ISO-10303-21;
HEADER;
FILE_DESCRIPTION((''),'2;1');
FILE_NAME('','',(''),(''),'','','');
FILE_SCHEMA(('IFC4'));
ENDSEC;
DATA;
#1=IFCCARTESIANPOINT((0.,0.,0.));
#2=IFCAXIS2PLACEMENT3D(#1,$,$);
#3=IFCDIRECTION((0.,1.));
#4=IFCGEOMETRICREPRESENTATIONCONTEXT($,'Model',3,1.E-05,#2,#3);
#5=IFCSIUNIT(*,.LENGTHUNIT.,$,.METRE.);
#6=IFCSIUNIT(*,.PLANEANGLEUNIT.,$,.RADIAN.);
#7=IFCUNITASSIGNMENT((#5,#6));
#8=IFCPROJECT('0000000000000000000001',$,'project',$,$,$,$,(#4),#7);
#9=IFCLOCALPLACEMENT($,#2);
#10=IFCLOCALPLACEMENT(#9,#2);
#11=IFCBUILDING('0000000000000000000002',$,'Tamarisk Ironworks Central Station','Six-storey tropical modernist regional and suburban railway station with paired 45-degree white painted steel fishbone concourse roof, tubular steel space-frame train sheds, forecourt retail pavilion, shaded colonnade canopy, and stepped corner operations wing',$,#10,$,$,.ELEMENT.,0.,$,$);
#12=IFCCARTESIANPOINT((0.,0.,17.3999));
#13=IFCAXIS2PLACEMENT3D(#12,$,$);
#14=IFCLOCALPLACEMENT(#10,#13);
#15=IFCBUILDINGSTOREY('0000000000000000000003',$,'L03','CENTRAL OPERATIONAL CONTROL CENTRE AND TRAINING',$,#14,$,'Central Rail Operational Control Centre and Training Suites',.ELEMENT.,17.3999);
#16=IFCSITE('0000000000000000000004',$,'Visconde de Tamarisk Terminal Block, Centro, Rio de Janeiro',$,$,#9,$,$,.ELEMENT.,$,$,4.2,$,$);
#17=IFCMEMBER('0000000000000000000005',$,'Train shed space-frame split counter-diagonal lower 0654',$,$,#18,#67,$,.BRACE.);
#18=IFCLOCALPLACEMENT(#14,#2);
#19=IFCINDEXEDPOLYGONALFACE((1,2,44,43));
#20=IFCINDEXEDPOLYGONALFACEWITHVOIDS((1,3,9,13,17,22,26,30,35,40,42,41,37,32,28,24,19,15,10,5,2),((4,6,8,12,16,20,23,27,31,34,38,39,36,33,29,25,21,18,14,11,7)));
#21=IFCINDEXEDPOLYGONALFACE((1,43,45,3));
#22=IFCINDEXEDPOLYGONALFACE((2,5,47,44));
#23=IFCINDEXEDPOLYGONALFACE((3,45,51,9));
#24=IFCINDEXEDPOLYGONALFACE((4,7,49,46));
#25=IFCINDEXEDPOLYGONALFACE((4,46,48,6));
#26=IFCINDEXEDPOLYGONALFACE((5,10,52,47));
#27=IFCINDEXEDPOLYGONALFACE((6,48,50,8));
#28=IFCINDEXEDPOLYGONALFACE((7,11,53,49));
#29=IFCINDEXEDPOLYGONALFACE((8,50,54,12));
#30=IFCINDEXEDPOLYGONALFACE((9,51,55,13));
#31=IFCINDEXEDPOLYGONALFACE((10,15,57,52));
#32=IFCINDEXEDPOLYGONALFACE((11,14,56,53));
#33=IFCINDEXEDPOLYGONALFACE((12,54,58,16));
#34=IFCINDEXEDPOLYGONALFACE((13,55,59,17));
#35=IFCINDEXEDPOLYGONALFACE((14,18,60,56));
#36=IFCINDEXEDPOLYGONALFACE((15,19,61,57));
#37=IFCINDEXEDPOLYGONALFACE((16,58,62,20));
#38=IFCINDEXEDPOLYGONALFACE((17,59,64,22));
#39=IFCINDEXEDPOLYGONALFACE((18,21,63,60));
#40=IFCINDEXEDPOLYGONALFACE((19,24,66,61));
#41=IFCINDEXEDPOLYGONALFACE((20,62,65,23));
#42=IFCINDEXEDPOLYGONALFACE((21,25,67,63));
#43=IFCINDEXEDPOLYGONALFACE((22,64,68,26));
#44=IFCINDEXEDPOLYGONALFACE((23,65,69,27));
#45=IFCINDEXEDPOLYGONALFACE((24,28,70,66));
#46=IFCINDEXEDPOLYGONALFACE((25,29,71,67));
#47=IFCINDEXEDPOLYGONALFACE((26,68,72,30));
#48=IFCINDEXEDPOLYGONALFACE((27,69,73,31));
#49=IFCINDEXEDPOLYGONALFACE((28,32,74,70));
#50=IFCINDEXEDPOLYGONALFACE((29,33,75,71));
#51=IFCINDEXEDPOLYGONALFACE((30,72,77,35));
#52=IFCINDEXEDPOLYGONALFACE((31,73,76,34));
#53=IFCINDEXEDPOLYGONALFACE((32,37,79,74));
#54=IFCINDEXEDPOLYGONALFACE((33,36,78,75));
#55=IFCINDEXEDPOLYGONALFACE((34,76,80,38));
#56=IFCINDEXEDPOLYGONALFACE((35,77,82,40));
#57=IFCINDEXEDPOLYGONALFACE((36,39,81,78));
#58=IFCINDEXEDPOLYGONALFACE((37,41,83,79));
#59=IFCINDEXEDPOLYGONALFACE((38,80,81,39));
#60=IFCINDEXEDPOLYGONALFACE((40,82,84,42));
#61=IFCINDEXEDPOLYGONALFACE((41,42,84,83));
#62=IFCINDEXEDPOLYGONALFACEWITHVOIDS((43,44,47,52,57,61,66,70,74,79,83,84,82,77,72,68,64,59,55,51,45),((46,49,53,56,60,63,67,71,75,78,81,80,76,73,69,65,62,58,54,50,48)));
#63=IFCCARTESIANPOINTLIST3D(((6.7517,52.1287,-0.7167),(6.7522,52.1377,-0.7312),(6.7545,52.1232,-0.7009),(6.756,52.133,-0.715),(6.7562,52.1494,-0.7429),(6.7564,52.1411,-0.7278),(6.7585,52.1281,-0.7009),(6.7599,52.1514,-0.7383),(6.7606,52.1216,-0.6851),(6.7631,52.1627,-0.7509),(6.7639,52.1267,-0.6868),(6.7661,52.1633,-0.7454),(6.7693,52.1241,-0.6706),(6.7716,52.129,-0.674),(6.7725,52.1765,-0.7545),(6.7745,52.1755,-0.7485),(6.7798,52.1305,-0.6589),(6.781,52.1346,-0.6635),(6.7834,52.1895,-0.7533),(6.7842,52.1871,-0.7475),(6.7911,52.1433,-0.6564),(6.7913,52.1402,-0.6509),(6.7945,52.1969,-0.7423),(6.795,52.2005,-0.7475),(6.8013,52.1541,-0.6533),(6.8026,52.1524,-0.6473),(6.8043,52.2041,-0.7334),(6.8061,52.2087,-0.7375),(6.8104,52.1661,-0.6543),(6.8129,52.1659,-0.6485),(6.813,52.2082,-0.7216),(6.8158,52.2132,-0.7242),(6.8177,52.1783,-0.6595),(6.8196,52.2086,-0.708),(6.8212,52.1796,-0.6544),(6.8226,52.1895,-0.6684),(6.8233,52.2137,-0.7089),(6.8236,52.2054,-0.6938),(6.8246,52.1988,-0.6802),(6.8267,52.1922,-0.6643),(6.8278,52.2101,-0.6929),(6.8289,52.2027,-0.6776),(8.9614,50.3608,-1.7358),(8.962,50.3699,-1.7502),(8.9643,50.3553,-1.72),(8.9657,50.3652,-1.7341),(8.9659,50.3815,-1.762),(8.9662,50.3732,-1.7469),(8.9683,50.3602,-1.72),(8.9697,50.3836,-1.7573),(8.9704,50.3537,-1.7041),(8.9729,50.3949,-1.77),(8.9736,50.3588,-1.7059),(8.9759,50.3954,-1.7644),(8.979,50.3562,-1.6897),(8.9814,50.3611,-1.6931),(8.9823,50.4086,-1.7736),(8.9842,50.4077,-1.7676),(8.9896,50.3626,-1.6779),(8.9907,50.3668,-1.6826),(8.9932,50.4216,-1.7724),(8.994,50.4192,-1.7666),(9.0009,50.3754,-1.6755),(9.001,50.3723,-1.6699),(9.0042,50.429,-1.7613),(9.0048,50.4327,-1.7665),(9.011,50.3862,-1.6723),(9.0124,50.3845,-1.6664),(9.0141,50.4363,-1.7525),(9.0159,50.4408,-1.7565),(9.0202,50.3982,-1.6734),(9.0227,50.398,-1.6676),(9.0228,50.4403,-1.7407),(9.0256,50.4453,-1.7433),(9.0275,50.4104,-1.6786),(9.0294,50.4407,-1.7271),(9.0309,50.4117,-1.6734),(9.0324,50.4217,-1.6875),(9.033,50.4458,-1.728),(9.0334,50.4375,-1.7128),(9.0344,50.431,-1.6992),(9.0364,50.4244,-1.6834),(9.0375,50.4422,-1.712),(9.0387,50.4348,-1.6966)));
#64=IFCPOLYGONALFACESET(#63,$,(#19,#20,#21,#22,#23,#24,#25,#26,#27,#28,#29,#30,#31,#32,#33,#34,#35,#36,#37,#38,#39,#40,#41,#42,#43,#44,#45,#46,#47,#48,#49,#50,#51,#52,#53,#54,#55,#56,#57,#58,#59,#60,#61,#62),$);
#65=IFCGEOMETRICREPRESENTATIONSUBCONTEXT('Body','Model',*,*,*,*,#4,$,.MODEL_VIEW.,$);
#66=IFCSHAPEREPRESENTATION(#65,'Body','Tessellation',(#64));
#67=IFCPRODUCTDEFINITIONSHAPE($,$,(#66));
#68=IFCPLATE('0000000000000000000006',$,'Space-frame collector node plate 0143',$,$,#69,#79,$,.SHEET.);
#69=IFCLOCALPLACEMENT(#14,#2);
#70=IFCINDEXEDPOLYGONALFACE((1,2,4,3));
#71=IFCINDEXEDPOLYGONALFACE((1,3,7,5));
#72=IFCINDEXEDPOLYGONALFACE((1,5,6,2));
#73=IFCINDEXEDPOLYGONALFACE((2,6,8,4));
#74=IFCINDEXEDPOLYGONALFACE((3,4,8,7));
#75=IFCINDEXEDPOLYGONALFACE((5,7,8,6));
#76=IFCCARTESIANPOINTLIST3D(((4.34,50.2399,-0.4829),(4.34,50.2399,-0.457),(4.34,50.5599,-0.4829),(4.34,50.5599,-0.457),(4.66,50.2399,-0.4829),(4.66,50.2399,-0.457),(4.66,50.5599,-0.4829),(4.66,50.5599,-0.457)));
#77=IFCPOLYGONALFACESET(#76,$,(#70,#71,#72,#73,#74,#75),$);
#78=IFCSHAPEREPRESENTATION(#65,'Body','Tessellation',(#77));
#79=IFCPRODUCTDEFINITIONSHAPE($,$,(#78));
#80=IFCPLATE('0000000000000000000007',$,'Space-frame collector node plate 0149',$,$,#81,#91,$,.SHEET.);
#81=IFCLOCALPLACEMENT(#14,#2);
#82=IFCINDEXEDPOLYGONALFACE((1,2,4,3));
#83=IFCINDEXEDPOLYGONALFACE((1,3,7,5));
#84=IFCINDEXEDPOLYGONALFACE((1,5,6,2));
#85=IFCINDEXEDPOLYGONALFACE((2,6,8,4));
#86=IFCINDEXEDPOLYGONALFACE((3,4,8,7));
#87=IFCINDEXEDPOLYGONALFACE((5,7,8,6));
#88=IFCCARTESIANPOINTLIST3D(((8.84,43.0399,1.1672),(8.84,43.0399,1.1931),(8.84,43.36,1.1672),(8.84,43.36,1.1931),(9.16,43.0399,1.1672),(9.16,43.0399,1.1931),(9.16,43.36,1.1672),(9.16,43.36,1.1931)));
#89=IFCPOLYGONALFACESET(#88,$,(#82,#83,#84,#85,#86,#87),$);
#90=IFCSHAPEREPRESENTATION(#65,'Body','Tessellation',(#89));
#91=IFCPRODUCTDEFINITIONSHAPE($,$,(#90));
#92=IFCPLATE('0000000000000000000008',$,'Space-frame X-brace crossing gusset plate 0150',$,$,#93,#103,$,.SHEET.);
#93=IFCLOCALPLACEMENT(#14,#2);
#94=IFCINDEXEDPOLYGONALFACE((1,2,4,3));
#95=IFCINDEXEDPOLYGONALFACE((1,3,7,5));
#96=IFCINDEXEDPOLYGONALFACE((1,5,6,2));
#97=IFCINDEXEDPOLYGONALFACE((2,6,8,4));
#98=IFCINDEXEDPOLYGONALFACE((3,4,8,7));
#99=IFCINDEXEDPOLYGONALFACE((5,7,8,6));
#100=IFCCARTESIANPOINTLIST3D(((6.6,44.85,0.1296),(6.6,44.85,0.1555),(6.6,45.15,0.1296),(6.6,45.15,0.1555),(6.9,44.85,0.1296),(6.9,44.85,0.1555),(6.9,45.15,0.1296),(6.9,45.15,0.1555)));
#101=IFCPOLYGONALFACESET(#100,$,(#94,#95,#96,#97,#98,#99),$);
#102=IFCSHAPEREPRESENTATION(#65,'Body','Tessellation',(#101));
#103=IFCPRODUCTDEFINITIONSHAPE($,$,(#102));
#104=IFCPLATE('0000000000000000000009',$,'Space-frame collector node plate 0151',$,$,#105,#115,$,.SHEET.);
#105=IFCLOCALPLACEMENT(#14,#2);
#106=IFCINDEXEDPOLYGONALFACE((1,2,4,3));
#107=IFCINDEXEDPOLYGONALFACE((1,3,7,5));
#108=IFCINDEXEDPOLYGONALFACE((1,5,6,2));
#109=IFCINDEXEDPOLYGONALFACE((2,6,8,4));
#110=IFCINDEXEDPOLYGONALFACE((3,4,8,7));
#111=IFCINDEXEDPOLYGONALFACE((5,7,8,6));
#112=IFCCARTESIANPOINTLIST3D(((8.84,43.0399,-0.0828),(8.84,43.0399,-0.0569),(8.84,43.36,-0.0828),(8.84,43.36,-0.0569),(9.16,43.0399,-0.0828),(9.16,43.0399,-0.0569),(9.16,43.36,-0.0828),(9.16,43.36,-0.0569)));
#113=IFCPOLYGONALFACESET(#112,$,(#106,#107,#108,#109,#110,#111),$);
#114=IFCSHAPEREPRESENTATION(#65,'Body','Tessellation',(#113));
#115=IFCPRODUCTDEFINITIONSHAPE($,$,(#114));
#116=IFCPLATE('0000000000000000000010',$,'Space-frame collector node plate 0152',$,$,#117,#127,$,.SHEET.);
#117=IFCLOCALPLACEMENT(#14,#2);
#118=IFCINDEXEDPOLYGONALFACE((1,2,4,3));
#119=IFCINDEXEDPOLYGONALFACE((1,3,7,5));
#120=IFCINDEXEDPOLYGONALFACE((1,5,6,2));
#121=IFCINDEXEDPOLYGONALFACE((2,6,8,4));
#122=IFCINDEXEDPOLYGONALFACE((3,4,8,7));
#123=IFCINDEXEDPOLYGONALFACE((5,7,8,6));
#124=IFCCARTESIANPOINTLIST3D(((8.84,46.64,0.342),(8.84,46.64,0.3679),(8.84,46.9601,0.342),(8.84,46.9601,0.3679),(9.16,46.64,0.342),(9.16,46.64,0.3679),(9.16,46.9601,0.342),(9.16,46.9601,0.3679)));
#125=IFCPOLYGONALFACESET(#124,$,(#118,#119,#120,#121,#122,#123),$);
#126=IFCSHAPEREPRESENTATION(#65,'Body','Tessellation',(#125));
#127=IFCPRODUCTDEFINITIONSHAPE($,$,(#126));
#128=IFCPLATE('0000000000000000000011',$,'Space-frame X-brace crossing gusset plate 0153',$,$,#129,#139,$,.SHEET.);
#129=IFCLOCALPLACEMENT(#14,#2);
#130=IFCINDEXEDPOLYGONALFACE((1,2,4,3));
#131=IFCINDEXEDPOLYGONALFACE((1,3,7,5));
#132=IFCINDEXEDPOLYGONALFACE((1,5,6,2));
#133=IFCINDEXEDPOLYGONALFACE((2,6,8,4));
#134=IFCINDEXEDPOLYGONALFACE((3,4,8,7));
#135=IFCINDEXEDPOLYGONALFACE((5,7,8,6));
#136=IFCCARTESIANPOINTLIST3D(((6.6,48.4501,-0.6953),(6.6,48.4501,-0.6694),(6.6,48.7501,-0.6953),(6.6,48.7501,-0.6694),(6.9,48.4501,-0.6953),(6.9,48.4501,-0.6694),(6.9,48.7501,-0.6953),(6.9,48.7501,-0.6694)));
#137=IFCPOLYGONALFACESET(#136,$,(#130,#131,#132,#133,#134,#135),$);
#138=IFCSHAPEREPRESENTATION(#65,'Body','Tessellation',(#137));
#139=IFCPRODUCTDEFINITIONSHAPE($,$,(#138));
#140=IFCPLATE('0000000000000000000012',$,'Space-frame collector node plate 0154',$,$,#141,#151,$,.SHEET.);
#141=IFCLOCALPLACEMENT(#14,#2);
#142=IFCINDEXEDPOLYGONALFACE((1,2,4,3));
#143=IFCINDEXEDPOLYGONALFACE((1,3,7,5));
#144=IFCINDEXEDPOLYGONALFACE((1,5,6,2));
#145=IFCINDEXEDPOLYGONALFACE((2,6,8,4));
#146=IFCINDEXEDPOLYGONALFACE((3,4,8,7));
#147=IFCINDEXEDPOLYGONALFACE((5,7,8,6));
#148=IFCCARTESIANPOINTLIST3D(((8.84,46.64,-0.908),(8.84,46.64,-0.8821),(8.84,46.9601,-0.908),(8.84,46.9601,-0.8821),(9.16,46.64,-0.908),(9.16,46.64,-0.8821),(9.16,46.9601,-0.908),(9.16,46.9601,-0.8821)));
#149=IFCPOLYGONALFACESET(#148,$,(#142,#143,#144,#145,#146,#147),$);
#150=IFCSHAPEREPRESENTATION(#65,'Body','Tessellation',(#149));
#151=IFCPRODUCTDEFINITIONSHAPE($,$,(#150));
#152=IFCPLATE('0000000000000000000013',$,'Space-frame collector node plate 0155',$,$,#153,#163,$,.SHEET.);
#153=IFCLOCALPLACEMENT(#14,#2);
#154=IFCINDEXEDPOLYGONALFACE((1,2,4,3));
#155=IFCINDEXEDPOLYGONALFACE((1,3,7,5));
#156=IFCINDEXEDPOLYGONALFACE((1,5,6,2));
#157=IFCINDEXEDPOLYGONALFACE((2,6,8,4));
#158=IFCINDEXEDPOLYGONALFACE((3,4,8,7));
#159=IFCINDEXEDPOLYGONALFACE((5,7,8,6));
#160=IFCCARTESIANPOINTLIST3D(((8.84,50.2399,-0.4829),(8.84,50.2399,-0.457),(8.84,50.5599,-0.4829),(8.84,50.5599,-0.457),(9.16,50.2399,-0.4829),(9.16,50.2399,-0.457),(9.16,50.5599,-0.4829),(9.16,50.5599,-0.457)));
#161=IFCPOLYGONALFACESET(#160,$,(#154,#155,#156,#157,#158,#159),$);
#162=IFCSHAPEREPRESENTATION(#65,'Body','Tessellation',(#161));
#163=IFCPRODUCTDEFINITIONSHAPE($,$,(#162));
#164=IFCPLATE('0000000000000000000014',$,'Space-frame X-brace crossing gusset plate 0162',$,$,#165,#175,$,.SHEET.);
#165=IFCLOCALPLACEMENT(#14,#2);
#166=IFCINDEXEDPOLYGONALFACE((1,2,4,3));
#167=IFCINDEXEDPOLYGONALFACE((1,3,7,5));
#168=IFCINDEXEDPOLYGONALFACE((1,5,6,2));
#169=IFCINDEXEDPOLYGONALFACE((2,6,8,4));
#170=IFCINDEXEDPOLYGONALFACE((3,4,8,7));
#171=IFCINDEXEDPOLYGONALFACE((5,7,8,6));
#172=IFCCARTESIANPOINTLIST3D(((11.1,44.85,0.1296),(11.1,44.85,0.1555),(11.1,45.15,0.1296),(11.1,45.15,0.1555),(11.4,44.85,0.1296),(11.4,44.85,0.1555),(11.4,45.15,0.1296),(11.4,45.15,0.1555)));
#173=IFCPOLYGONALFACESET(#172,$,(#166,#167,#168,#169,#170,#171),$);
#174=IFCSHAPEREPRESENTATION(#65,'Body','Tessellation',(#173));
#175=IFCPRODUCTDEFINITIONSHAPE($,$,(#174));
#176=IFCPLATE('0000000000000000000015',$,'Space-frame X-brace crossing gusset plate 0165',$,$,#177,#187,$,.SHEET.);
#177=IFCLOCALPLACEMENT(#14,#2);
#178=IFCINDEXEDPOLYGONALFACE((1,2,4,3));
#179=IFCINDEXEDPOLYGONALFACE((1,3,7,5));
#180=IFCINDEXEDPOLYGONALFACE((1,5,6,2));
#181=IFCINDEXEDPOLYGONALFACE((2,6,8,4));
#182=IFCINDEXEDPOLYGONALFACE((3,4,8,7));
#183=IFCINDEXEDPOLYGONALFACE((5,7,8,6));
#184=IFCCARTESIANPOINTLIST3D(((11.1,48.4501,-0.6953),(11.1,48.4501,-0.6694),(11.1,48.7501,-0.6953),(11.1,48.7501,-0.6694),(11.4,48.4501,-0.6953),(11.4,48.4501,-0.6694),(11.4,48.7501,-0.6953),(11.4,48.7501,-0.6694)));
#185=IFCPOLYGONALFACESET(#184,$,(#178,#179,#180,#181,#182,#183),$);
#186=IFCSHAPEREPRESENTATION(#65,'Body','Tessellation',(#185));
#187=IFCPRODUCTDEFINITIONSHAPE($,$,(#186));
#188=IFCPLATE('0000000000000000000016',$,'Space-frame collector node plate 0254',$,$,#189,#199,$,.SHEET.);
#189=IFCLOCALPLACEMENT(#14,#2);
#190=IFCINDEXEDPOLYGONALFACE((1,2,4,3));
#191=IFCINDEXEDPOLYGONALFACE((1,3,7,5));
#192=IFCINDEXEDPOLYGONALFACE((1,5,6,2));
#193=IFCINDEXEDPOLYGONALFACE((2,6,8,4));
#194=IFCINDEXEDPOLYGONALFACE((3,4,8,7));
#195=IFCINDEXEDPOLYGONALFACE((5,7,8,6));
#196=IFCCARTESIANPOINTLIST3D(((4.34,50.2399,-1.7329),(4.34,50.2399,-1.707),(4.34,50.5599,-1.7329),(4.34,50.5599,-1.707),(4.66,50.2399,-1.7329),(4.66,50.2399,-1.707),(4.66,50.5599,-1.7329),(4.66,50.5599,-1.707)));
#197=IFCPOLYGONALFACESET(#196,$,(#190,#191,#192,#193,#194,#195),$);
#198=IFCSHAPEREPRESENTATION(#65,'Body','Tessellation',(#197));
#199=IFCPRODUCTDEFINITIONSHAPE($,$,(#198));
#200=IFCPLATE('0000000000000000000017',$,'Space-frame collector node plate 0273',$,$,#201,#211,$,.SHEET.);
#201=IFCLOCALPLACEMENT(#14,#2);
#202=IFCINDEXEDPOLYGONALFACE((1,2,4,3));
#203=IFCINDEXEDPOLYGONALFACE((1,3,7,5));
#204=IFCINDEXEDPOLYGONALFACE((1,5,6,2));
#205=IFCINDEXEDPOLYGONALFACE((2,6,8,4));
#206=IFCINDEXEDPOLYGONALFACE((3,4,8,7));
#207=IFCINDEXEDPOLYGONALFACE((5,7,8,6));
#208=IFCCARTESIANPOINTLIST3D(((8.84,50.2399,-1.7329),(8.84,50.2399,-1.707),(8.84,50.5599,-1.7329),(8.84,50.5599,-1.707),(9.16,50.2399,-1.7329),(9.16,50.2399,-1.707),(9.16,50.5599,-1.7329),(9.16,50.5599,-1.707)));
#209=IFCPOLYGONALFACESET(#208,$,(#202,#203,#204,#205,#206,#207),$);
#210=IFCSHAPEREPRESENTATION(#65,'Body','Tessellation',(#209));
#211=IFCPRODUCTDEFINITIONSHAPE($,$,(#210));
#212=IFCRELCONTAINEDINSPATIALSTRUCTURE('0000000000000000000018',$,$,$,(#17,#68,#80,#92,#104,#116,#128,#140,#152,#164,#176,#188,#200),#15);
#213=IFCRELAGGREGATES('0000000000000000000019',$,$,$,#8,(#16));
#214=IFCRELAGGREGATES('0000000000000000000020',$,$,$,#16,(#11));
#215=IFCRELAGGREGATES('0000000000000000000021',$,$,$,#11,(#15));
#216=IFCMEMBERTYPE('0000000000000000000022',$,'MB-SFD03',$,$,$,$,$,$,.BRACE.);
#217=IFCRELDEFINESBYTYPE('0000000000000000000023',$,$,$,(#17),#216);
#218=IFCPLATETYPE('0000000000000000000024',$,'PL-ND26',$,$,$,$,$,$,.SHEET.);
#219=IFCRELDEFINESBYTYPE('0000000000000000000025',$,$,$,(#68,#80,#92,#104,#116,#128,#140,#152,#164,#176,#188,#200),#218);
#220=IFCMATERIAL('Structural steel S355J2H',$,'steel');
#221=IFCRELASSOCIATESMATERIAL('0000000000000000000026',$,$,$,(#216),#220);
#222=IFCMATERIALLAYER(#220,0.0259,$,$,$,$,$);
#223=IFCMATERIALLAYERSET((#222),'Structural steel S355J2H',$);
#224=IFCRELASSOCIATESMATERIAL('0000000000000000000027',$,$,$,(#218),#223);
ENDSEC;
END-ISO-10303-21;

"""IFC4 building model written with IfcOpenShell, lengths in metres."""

from ifc_helpers import new_model, si_unit, direction, frame, origin, origin_2d, place, context, subcontext, project, spatial, rectangle, hollow_circle, extrude, material, layer, layer_set, material_profile, profile_set, type_object, element, save


model = new_model("IFC4")

# Units and contexts
model_context = context("Model", 3, precision=1e-05, world=origin(), true_north=direction((0.0, 1.0)))
body_context = subcontext(model_context, "Body", "Model", "MODEL_VIEW")
ifc_project = project(units=[si_unit("LENGTHUNIT", "METRE"), si_unit("PLANEANGLEUNIT", "RADIAN")], contexts=[model_context])

# Site, building, storey
site_placement = place(None, origin())
site = spatial("IfcSite", under=ifc_project, at=site_placement, Name="Visconde de Tamarisk Terminal Block, Centro, Rio de Janeiro", CompositionType="ELEMENT", RefElevation=4.2)
building_placement = place(site_placement, origin())
building = spatial("IfcBuilding", under=site, at=building_placement, Name="Tamarisk Ironworks Central Station", Description="Six-storey tropical modernist regional and suburban railway station with paired 45-degree white painted steel fishbone concourse roof, tubular steel space-frame train sheds, forecourt retail pavilion, shaded colonnade canopy, and stepped corner operations wing", CompositionType="ELEMENT", ElevationOfRefHeight=0.0)
storey_placement = place(building_placement, frame((0.0, 0.0, 17.3999)))
storey = spatial("IfcBuildingStorey", under=building, at=storey_placement, Name="L03", Description="CENTRAL OPERATIONAL CONTROL CENTRE AND TRAINING", LongName="Central Rail Operational Control Centre and Training Suites", CompositionType="ELEMENT", Elevation=17.3999)

# Member
ifc_material_1 = material(Name="Structural steel S355J2H", Category="steel")
ifc_material_profile_1 = material_profile(ifc_material_1, hollow_circle(Radius=0.0571, WallThickness=0.0063, at=origin_2d()), Name="CHS 114.3x6.3")
ifc_profile_set_1 = profile_set([ifc_material_profile_1], Name="Structural steel S355J2H")
member_type_1 = type_object("IfcMemberType", Name="MB-SFD03", PredefinedType="BRACE", material=ifc_profile_set_1)
for number, where, z_axis, x_axis, name in (
    (1, (9.0, 50.3999, -1.72), (-0.734677, 0.587758, 0.338807), (-0.624706, -0.78086, 0.0), "Train shed space-frame split counter-diagonal lower 0654"),
):
    element("IfcMember", number, at=place(storey_placement, frame(where, z_axis=z_axis, x_axis=x_axis)), inside=storey, type_object=member_type_1, Name=name, PredefinedType="BRACE", context=body_context, shape_type="SweptSolid", body=[
        extrude(hollow_circle(Radius=0.0571, WallThickness=0.0063, at=origin_2d()), origin(), (0.0, 0.0, 1.0), 3.0078),
    ])

# Plates
ifc_layer = layer(ifc_material_1, 0.0259)
ifc_layer_set = layer_set([ifc_layer], Name="Structural steel S355J2H")
plate_type = type_object("IfcPlateType", Name="PL-ND26", PredefinedType="SHEET", material=ifc_layer_set)
for number, where, z_axis, x_axis, name in (
    (2, (4.5, 50.3999, -0.4829), (0.0, 0.0, 1.0), (1.0, 0.0, 0.0), "Space-frame collector node plate 0143"),
    (3, (9.0, 43.2, 1.1672), (0.0, 0.0, 1.0), (1.0, 0.0, 0.0), "Space-frame collector node plate 0149"),
):
    element("IfcPlate", number, at=place(storey_placement, frame(where, z_axis=z_axis, x_axis=x_axis)), inside=storey, type_object=plate_type, Name=name, PredefinedType="SHEET", context=body_context, shape_type="SweptSolid", body=[
        extrude(rectangle(XDim=0.3201, YDim=0.3201, at=origin_2d()), origin(), (0.0, 0.0, 1.0), 0.0259),
    ])
plate_1_placement = place(storey_placement, frame((6.75, 45.0, 0.1296), z_axis=(0.0, 0.0, 1.0), x_axis=(1.0, 0.0, 0.0)))
element("IfcPlate", 4, at=plate_1_placement, inside=storey, type_object=plate_type, Name="Space-frame X-brace crossing gusset plate 0150", PredefinedType="SHEET", context=body_context, shape_type="SweptSolid", body=[
    extrude(rectangle(XDim=0.3, YDim=0.3, at=origin_2d()), origin(), (0.0, 0.0, 1.0), 0.0259),
])
for number, where, z_axis, x_axis, name in (
    (5, (9.0, 43.2, -0.0828), (0.0, 0.0, 1.0), (1.0, 0.0, 0.0), "Space-frame collector node plate 0151"),
    (6, (9.0, 46.8, 0.342), (0.0, 0.0, 1.0), (1.0, 0.0, 0.0), "Space-frame collector node plate 0152"),
):
    element("IfcPlate", number, at=place(storey_placement, frame(where, z_axis=z_axis, x_axis=x_axis)), inside=storey, type_object=plate_type, Name=name, PredefinedType="SHEET", context=body_context, shape_type="SweptSolid", body=[
        extrude(rectangle(XDim=0.3201, YDim=0.3201, at=origin_2d()), origin(), (0.0, 0.0, 1.0), 0.0259),
    ])
plate_2_placement = place(storey_placement, frame((6.75, 48.6001, -0.6953), z_axis=(0.0, 0.0, 1.0), x_axis=(1.0, 0.0, 0.0)))
element("IfcPlate", 7, at=plate_2_placement, inside=storey, type_object=plate_type, Name="Space-frame X-brace crossing gusset plate 0153", PredefinedType="SHEET", context=body_context, shape_type="SweptSolid", body=[
    extrude(rectangle(XDim=0.3, YDim=0.3, at=origin_2d()), origin(), (0.0, 0.0, 1.0), 0.0259),
])
for number, where, z_axis, x_axis, name in (
    (8, (9.0, 46.8, -0.908), (0.0, 0.0, 1.0), (1.0, 0.0, 0.0), "Space-frame collector node plate 0154"),
    (9, (9.0, 50.3999, -0.4829), (0.0, 0.0, 1.0), (1.0, 0.0, 0.0), "Space-frame collector node plate 0155"),
):
    element("IfcPlate", number, at=place(storey_placement, frame(where, z_axis=z_axis, x_axis=x_axis)), inside=storey, type_object=plate_type, Name=name, PredefinedType="SHEET", context=body_context, shape_type="SweptSolid", body=[
        extrude(rectangle(XDim=0.3201, YDim=0.3201, at=origin_2d()), origin(), (0.0, 0.0, 1.0), 0.0259),
    ])
for number, where, z_axis, x_axis, name in (
    (10, (11.25, 45.0, 0.1296), (0.0, 0.0, 1.0), (1.0, 0.0, 0.0), "Space-frame X-brace crossing gusset plate 0162"),
    (11, (11.25, 48.6001, -0.6953), (0.0, 0.0, 1.0), (1.0, 0.0, 0.0), "Space-frame X-brace crossing gusset plate 0165"),
):
    element("IfcPlate", number, at=place(storey_placement, frame(where, z_axis=z_axis, x_axis=x_axis)), inside=storey, type_object=plate_type, Name=name, PredefinedType="SHEET", context=body_context, shape_type="SweptSolid", body=[
        extrude(rectangle(XDim=0.3, YDim=0.3, at=origin_2d()), origin(), (0.0, 0.0, 1.0), 0.0259),
    ])
for number, where, z_axis, x_axis, name in (
    (12, (4.5, 50.3999, -1.7329), (0.0, 0.0, 1.0), (1.0, 0.0, 0.0), "Space-frame collector node plate 0254"),
    (13, (9.0, 50.3999, -1.7329), (0.0, 0.0, 1.0), (1.0, 0.0, 0.0), "Space-frame collector node plate 0273"),
):
    element("IfcPlate", number, at=place(storey_placement, frame(where, z_axis=z_axis, x_axis=x_axis)), inside=storey, type_object=plate_type, Name=name, PredefinedType="SHEET", context=body_context, shape_type="SweptSolid", body=[
        extrude(rectangle(XDim=0.3201, YDim=0.3201, at=origin_2d()), origin(), (0.0, 0.0, 1.0), 0.0259),
    ])

save(model, "model.ifc")
